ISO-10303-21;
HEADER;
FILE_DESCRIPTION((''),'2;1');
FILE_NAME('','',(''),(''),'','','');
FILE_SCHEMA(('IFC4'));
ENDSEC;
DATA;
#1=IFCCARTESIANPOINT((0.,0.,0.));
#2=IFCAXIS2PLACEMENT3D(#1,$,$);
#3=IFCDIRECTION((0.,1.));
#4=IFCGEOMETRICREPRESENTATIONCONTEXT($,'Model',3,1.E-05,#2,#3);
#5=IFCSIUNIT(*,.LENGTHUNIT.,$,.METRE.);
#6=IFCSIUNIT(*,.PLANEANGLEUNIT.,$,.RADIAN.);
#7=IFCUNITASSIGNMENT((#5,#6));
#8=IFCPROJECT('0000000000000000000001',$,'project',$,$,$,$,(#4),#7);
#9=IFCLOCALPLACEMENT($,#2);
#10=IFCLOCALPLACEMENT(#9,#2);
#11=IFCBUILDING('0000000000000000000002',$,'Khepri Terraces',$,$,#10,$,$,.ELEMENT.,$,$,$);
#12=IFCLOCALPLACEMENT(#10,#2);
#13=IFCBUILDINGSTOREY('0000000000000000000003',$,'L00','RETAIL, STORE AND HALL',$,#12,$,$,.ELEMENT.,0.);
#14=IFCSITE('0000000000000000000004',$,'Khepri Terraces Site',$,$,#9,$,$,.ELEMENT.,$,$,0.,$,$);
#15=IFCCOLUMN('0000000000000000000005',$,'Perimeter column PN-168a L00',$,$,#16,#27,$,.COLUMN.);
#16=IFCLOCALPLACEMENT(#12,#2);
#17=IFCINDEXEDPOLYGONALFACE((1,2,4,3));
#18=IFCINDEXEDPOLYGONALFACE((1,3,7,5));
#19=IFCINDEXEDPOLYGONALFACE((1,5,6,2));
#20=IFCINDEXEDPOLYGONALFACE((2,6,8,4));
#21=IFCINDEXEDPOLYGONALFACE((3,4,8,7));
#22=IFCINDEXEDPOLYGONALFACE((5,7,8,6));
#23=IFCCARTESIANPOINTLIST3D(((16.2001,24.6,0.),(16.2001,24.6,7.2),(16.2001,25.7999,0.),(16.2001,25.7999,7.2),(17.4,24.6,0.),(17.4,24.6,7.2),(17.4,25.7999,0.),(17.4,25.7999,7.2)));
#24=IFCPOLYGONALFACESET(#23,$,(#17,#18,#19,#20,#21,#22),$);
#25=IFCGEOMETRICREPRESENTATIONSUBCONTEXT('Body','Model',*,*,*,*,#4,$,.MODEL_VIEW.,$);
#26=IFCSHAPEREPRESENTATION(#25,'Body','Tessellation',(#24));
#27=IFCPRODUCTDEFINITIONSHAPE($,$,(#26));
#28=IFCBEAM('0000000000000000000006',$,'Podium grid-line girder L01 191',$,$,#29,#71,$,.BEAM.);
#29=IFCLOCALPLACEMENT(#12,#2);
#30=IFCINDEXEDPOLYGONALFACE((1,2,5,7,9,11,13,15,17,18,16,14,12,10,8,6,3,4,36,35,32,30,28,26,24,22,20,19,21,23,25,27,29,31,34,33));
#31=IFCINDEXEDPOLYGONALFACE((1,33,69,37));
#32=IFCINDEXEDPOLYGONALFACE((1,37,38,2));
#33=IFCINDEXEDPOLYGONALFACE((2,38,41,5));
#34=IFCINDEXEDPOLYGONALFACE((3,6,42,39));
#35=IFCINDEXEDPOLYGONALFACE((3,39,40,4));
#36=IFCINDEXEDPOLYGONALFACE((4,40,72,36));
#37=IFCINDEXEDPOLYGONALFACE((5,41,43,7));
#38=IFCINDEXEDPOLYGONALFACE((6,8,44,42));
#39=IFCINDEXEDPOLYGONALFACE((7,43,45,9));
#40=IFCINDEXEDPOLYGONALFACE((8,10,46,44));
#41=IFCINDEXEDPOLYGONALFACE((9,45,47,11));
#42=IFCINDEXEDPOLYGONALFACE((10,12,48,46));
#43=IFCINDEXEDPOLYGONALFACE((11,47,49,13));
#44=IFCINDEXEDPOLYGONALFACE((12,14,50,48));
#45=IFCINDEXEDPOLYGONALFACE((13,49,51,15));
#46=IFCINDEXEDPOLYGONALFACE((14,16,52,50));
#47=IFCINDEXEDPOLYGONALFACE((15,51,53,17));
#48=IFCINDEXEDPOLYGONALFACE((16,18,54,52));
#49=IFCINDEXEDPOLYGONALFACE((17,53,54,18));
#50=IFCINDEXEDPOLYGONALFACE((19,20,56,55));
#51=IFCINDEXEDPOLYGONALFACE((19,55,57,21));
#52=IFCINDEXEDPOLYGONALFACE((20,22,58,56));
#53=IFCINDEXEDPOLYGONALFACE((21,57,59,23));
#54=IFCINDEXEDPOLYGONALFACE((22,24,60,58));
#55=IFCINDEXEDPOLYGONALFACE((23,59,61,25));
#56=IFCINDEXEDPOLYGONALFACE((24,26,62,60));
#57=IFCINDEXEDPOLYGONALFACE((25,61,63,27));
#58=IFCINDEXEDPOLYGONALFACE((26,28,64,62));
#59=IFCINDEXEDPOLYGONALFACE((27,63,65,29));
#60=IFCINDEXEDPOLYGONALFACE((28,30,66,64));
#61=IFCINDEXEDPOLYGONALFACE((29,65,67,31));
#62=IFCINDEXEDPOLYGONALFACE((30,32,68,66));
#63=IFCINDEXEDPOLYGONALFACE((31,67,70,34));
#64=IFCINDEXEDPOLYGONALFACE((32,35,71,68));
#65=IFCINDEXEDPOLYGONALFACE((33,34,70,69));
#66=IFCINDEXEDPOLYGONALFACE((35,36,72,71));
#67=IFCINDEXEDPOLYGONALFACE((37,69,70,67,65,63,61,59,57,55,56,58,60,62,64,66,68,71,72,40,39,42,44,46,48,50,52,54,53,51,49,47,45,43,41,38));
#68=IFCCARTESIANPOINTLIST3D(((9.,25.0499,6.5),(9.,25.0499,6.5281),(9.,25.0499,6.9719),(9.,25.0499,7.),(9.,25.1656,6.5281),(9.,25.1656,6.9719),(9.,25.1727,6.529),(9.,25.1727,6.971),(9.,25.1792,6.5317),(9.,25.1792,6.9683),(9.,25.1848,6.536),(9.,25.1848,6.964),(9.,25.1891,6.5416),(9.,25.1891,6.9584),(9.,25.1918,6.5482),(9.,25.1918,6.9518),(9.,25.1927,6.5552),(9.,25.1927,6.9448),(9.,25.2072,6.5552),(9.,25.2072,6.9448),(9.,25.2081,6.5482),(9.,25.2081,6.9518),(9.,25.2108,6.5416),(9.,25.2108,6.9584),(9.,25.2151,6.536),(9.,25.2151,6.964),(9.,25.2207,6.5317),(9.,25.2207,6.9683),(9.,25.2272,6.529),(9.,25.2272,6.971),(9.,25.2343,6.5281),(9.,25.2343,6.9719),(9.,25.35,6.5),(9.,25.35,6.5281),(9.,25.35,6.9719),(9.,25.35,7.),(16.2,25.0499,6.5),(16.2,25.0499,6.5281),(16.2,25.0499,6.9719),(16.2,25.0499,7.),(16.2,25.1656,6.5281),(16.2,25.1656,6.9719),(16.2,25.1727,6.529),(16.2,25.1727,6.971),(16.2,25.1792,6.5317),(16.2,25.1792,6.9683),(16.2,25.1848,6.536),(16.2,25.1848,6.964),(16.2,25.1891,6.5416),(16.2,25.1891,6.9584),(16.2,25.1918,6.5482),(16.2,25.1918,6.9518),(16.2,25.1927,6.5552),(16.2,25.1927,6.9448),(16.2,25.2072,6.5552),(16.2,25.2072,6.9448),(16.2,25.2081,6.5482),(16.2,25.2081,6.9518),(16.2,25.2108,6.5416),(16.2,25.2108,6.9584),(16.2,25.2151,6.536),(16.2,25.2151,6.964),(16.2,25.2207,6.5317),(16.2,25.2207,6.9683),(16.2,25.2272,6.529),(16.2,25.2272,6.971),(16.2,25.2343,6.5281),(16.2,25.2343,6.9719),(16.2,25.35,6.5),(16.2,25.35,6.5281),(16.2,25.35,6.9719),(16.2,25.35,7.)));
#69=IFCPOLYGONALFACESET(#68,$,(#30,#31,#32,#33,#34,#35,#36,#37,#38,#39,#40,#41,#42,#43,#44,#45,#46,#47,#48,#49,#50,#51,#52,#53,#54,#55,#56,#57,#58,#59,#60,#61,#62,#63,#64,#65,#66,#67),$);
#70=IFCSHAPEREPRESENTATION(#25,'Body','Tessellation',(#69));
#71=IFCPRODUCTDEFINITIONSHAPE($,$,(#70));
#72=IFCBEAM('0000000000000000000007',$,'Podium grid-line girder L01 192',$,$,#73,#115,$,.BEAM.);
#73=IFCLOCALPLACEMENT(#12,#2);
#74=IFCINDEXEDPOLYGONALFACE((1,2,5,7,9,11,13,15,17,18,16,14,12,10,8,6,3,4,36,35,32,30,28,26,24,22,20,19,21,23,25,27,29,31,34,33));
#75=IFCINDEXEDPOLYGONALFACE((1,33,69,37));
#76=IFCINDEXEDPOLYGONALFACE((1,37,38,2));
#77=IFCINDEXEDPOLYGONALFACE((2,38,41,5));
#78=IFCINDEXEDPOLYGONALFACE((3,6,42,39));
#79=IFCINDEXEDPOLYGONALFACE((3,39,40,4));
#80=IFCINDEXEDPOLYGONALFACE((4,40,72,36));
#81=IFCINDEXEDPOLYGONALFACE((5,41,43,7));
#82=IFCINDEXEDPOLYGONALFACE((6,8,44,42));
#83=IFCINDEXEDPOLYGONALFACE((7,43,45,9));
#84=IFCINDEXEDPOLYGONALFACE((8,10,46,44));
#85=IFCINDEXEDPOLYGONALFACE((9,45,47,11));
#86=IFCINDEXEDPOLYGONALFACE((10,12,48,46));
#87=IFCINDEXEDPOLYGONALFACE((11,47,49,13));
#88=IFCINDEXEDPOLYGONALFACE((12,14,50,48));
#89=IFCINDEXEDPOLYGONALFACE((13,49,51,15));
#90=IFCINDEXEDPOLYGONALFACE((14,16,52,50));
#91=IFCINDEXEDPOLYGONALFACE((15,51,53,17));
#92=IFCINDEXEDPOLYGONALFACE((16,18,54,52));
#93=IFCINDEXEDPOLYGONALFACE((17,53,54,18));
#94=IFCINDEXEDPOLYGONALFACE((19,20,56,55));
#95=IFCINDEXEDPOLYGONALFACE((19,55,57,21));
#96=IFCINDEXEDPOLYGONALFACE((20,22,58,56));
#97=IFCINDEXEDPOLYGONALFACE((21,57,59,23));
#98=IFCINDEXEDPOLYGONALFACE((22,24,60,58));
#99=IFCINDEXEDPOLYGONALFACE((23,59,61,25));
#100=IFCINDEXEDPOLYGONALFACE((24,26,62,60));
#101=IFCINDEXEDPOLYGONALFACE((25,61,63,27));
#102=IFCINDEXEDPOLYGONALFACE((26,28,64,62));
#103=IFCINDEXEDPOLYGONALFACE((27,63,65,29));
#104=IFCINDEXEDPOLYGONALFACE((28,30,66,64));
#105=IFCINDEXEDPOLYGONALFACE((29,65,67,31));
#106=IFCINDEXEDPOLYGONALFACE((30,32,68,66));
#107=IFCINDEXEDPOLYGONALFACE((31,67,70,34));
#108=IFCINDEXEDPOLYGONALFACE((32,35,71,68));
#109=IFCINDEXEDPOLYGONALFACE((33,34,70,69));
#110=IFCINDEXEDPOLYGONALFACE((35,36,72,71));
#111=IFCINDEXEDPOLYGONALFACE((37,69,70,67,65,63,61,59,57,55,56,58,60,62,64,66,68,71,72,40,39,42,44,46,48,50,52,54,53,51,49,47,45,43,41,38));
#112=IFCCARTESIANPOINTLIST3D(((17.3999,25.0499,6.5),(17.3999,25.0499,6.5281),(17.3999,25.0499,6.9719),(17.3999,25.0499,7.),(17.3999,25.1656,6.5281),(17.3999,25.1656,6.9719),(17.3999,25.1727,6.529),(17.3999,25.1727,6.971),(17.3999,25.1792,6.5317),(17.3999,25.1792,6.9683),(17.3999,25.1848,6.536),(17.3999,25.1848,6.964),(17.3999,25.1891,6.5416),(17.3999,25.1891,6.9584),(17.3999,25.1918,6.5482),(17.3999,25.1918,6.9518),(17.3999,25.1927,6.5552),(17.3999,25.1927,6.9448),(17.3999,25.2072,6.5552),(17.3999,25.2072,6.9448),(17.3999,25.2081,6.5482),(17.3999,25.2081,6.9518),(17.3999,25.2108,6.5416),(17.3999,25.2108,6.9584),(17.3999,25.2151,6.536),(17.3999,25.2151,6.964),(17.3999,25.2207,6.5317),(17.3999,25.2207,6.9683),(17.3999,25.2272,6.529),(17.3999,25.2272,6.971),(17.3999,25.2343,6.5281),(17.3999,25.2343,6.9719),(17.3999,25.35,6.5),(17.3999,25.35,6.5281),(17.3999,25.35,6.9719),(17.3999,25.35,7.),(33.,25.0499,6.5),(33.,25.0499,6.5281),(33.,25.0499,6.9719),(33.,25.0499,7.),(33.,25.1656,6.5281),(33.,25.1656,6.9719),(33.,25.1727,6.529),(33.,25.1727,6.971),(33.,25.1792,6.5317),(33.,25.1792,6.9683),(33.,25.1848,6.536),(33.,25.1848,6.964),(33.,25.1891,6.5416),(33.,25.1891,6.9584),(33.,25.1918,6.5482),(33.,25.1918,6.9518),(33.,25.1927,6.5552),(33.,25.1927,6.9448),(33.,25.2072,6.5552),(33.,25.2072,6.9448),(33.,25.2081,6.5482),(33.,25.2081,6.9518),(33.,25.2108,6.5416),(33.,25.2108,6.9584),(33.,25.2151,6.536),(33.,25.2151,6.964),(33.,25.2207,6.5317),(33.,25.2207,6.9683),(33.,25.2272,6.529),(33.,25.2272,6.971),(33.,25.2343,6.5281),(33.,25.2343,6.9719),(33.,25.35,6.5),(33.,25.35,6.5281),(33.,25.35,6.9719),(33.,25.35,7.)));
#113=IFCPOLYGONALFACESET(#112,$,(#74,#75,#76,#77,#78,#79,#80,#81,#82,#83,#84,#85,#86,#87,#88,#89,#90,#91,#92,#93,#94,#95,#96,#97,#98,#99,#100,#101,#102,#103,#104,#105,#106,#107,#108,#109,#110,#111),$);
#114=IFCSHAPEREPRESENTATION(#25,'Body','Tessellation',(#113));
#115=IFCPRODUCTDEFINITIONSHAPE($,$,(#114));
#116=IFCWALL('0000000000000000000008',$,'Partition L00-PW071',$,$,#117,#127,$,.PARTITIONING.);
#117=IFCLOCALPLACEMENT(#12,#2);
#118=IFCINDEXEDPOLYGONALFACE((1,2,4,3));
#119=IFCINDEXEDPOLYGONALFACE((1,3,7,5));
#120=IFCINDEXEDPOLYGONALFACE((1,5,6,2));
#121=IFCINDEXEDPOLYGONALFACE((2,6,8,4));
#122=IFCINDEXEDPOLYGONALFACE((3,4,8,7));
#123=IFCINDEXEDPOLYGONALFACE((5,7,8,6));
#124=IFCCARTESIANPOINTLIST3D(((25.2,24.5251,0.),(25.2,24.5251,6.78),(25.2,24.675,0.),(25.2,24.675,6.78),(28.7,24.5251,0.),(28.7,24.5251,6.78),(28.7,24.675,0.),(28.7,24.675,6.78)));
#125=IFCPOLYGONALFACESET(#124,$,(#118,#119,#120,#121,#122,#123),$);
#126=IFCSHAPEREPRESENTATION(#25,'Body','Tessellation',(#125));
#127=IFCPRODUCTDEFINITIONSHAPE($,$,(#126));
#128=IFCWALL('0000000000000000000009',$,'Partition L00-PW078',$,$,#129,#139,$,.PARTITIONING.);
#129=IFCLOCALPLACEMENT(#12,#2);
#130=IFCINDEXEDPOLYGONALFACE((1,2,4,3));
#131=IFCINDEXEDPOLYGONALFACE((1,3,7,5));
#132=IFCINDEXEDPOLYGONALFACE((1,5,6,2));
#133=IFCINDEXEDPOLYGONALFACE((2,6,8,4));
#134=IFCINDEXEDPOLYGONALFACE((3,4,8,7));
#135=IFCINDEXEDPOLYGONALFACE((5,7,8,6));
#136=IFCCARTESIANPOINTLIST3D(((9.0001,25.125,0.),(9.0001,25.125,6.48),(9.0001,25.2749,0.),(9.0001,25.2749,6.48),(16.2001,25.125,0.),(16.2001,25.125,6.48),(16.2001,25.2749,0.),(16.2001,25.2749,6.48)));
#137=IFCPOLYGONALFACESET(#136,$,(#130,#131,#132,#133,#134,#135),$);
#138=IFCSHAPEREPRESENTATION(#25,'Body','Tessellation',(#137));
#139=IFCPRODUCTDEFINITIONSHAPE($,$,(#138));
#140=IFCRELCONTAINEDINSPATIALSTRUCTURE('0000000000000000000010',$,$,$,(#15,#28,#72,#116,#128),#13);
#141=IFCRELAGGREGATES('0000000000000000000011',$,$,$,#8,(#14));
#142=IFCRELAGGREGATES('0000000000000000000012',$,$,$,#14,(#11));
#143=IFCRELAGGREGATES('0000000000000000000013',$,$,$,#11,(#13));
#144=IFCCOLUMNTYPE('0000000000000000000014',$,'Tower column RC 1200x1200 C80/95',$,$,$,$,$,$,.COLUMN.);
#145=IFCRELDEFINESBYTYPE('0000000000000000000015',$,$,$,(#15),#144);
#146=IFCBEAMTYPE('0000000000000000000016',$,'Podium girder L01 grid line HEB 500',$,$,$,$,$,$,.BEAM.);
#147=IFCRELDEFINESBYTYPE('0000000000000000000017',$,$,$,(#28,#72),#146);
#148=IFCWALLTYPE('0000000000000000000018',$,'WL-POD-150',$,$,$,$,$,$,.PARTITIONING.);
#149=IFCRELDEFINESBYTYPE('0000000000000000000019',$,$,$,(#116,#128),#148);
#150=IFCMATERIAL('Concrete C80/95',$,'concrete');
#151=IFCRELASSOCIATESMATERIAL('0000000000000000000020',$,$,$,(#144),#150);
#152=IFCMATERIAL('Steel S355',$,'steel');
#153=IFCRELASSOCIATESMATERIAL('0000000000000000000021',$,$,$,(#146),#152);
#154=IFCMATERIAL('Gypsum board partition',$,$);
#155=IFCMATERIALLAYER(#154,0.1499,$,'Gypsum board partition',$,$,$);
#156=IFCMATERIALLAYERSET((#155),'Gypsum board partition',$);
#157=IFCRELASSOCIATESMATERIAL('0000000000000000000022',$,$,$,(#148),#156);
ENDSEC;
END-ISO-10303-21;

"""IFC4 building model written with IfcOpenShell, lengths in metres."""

from ifc_helpers import new_model, si_unit, direction, frame, frame_2d, origin, origin_2d, place, context, subcontext, project, spatial, rectangle, i_section, extrude, material, layer, layer_set, material_profile, profile_set, type_object, element, save


model = new_model("IFC4")

# Units and contexts
model_context = context("Model", 3, precision=1e-05, world=origin(), true_north=direction((0.0, 1.0)))
body_context = subcontext(model_context, "Body", "Model", "MODEL_VIEW")
ifc_project = project(units=[si_unit("LENGTHUNIT", "METRE"), si_unit("PLANEANGLEUNIT", "RADIAN")], contexts=[model_context])

# Site, building, storey
site_placement = place(None, origin())
site = spatial("IfcSite", under=ifc_project, at=site_placement, Name="Khepri Terraces Site", CompositionType="ELEMENT", RefElevation=0.0)
building_placement = place(site_placement, origin())
building = spatial("IfcBuilding", under=site, at=building_placement, Name="Khepri Terraces", CompositionType="ELEMENT")
storey_placement = place(building_placement, origin())
storey = spatial("IfcBuildingStorey", under=building, at=storey_placement, Name="L00", Description="RETAIL, STORE AND HALL", CompositionType="ELEMENT", Elevation=0.0)

# Column
ifc_material_1 = material(Name="Concrete C80/95", Category="concrete")
ifc_material_profile_1 = material_profile(ifc_material_1, rectangle(XDim=1.2, YDim=1.2, at=origin_2d()), Name="Concrete C80/95", Category="concrete")
ifc_profile_set_1 = profile_set([ifc_material_profile_1], Name="Concrete C80/95")
column_type = type_object("IfcColumnType", Name="Tower column RC 1200x1200 C80/95", PredefinedType="COLUMN", material=ifc_profile_set_1)
column_placement = place(storey_placement, frame((16.8, 25.2, 0.0), z_axis=(0.0, 0.0, 1.0), x_axis=(1.0, 0.0, 0.0)))
element("IfcColumn", 1, at=column_placement, inside=storey, type_object=column_type, Name="Perimeter column PN-168a L00", PredefinedType="COLUMN", context=body_context, shape_type="SweptSolid", body=[
    extrude(rectangle(XDim=1.2, YDim=1.2, at=origin_2d()), origin(), (0.0, 0.0, 1.0), 7.2),
])

# Beams
ifc_material_2 = material(Name="Steel S355", Category="steel")
ifc_material_profile_2 = material_profile(ifc_material_2, i_section(OverallWidth=0.3, OverallDepth=0.5, WebThickness=0.0144, FlangeThickness=0.0281, FilletRadius=0.0271, at=origin_2d()), Name="Steel S355", Category="steel")
ifc_profile_set_2 = profile_set([ifc_material_profile_2], Name="Steel S355")
beam_type = type_object("IfcBeamType", Name="Podium girder L01 grid line HEB 500", PredefinedType="BEAM", material=ifc_profile_set_2)
beam_1_placement = place(storey_placement, frame((9.0, 25.2, 6.75), z_axis=(1.0, 0.0, 0.0), x_axis=(0.0, 1.0, 0.0)))
element("IfcBeam", 2, at=beam_1_placement, inside=storey, type_object=beam_type, Name="Podium grid-line girder L01 191", PredefinedType="BEAM", context=body_context, shape_type="SweptSolid", body=[
    extrude(i_section(OverallWidth=0.3, OverallDepth=0.5, WebThickness=0.0144, FlangeThickness=0.0281, FilletRadius=0.0271, at=origin_2d()), origin(), (0.0, 0.0, 1.0), 7.2),
])
beam_2_placement = place(storey_placement, frame((17.3999, 25.2, 6.75), z_axis=(1.0, 0.0, 0.0), x_axis=(0.0, 1.0, 0.0)))
element("IfcBeam", 3, at=beam_2_placement, inside=storey, type_object=beam_type, Name="Podium grid-line girder L01 192", PredefinedType="BEAM", context=body_context, shape_type="SweptSolid", body=[
    extrude(i_section(OverallWidth=0.3, OverallDepth=0.5, WebThickness=0.0144, FlangeThickness=0.0281, FilletRadius=0.0271, at=origin_2d()), origin(), (0.0, 0.0, 1.0), 15.6001),
])

# Walls
ifc_material_3 = material(Name="Gypsum board partition")
ifc_layer_1 = layer(ifc_material_3, 0.1499, Name="Gypsum board partition")
ifc_layer_set_1 = layer_set([ifc_layer_1], Name="Gypsum board partition")
wall_type_1 = type_object("IfcWallType", Name="WL-POD-150", PredefinedType="PARTITIONING", material=ifc_layer_set_1)
wall_1_placement = place(storey_placement, frame((25.2, 24.6001, 0.0), z_axis=(0.0, 0.0, 1.0), x_axis=(1.0, 0.0, 0.0)))
element("IfcWall", 4, at=wall_1_placement, inside=storey, type_object=wall_type_1, Name="Partition L00-PW071", PredefinedType="PARTITIONING", context=body_context, shape_type="SweptSolid", body=[
    extrude(rectangle(XDim=3.5, YDim=0.1499, at=frame_2d((1.75, 0.0))), origin(), (0.0, 0.0, 1.0), 6.78),
])
wall_2_placement = place(storey_placement, frame((9.0, 25.2, 0.0), z_axis=(0.0, 0.0, 1.0), x_axis=(1.0, 0.0, 0.0)))
element("IfcWall", 5, at=wall_2_placement, inside=storey, type_object=wall_type_1, Name="Partition L00-PW078", PredefinedType="PARTITIONING", context=body_context, shape_type="SweptSolid", body=[
    extrude(rectangle(XDim=7.2, YDim=0.1499, at=frame_2d((3.6001, 0.0))), origin(), (0.0, 0.0, 1.0), 6.48),
])

save(model, "model.ifc")
